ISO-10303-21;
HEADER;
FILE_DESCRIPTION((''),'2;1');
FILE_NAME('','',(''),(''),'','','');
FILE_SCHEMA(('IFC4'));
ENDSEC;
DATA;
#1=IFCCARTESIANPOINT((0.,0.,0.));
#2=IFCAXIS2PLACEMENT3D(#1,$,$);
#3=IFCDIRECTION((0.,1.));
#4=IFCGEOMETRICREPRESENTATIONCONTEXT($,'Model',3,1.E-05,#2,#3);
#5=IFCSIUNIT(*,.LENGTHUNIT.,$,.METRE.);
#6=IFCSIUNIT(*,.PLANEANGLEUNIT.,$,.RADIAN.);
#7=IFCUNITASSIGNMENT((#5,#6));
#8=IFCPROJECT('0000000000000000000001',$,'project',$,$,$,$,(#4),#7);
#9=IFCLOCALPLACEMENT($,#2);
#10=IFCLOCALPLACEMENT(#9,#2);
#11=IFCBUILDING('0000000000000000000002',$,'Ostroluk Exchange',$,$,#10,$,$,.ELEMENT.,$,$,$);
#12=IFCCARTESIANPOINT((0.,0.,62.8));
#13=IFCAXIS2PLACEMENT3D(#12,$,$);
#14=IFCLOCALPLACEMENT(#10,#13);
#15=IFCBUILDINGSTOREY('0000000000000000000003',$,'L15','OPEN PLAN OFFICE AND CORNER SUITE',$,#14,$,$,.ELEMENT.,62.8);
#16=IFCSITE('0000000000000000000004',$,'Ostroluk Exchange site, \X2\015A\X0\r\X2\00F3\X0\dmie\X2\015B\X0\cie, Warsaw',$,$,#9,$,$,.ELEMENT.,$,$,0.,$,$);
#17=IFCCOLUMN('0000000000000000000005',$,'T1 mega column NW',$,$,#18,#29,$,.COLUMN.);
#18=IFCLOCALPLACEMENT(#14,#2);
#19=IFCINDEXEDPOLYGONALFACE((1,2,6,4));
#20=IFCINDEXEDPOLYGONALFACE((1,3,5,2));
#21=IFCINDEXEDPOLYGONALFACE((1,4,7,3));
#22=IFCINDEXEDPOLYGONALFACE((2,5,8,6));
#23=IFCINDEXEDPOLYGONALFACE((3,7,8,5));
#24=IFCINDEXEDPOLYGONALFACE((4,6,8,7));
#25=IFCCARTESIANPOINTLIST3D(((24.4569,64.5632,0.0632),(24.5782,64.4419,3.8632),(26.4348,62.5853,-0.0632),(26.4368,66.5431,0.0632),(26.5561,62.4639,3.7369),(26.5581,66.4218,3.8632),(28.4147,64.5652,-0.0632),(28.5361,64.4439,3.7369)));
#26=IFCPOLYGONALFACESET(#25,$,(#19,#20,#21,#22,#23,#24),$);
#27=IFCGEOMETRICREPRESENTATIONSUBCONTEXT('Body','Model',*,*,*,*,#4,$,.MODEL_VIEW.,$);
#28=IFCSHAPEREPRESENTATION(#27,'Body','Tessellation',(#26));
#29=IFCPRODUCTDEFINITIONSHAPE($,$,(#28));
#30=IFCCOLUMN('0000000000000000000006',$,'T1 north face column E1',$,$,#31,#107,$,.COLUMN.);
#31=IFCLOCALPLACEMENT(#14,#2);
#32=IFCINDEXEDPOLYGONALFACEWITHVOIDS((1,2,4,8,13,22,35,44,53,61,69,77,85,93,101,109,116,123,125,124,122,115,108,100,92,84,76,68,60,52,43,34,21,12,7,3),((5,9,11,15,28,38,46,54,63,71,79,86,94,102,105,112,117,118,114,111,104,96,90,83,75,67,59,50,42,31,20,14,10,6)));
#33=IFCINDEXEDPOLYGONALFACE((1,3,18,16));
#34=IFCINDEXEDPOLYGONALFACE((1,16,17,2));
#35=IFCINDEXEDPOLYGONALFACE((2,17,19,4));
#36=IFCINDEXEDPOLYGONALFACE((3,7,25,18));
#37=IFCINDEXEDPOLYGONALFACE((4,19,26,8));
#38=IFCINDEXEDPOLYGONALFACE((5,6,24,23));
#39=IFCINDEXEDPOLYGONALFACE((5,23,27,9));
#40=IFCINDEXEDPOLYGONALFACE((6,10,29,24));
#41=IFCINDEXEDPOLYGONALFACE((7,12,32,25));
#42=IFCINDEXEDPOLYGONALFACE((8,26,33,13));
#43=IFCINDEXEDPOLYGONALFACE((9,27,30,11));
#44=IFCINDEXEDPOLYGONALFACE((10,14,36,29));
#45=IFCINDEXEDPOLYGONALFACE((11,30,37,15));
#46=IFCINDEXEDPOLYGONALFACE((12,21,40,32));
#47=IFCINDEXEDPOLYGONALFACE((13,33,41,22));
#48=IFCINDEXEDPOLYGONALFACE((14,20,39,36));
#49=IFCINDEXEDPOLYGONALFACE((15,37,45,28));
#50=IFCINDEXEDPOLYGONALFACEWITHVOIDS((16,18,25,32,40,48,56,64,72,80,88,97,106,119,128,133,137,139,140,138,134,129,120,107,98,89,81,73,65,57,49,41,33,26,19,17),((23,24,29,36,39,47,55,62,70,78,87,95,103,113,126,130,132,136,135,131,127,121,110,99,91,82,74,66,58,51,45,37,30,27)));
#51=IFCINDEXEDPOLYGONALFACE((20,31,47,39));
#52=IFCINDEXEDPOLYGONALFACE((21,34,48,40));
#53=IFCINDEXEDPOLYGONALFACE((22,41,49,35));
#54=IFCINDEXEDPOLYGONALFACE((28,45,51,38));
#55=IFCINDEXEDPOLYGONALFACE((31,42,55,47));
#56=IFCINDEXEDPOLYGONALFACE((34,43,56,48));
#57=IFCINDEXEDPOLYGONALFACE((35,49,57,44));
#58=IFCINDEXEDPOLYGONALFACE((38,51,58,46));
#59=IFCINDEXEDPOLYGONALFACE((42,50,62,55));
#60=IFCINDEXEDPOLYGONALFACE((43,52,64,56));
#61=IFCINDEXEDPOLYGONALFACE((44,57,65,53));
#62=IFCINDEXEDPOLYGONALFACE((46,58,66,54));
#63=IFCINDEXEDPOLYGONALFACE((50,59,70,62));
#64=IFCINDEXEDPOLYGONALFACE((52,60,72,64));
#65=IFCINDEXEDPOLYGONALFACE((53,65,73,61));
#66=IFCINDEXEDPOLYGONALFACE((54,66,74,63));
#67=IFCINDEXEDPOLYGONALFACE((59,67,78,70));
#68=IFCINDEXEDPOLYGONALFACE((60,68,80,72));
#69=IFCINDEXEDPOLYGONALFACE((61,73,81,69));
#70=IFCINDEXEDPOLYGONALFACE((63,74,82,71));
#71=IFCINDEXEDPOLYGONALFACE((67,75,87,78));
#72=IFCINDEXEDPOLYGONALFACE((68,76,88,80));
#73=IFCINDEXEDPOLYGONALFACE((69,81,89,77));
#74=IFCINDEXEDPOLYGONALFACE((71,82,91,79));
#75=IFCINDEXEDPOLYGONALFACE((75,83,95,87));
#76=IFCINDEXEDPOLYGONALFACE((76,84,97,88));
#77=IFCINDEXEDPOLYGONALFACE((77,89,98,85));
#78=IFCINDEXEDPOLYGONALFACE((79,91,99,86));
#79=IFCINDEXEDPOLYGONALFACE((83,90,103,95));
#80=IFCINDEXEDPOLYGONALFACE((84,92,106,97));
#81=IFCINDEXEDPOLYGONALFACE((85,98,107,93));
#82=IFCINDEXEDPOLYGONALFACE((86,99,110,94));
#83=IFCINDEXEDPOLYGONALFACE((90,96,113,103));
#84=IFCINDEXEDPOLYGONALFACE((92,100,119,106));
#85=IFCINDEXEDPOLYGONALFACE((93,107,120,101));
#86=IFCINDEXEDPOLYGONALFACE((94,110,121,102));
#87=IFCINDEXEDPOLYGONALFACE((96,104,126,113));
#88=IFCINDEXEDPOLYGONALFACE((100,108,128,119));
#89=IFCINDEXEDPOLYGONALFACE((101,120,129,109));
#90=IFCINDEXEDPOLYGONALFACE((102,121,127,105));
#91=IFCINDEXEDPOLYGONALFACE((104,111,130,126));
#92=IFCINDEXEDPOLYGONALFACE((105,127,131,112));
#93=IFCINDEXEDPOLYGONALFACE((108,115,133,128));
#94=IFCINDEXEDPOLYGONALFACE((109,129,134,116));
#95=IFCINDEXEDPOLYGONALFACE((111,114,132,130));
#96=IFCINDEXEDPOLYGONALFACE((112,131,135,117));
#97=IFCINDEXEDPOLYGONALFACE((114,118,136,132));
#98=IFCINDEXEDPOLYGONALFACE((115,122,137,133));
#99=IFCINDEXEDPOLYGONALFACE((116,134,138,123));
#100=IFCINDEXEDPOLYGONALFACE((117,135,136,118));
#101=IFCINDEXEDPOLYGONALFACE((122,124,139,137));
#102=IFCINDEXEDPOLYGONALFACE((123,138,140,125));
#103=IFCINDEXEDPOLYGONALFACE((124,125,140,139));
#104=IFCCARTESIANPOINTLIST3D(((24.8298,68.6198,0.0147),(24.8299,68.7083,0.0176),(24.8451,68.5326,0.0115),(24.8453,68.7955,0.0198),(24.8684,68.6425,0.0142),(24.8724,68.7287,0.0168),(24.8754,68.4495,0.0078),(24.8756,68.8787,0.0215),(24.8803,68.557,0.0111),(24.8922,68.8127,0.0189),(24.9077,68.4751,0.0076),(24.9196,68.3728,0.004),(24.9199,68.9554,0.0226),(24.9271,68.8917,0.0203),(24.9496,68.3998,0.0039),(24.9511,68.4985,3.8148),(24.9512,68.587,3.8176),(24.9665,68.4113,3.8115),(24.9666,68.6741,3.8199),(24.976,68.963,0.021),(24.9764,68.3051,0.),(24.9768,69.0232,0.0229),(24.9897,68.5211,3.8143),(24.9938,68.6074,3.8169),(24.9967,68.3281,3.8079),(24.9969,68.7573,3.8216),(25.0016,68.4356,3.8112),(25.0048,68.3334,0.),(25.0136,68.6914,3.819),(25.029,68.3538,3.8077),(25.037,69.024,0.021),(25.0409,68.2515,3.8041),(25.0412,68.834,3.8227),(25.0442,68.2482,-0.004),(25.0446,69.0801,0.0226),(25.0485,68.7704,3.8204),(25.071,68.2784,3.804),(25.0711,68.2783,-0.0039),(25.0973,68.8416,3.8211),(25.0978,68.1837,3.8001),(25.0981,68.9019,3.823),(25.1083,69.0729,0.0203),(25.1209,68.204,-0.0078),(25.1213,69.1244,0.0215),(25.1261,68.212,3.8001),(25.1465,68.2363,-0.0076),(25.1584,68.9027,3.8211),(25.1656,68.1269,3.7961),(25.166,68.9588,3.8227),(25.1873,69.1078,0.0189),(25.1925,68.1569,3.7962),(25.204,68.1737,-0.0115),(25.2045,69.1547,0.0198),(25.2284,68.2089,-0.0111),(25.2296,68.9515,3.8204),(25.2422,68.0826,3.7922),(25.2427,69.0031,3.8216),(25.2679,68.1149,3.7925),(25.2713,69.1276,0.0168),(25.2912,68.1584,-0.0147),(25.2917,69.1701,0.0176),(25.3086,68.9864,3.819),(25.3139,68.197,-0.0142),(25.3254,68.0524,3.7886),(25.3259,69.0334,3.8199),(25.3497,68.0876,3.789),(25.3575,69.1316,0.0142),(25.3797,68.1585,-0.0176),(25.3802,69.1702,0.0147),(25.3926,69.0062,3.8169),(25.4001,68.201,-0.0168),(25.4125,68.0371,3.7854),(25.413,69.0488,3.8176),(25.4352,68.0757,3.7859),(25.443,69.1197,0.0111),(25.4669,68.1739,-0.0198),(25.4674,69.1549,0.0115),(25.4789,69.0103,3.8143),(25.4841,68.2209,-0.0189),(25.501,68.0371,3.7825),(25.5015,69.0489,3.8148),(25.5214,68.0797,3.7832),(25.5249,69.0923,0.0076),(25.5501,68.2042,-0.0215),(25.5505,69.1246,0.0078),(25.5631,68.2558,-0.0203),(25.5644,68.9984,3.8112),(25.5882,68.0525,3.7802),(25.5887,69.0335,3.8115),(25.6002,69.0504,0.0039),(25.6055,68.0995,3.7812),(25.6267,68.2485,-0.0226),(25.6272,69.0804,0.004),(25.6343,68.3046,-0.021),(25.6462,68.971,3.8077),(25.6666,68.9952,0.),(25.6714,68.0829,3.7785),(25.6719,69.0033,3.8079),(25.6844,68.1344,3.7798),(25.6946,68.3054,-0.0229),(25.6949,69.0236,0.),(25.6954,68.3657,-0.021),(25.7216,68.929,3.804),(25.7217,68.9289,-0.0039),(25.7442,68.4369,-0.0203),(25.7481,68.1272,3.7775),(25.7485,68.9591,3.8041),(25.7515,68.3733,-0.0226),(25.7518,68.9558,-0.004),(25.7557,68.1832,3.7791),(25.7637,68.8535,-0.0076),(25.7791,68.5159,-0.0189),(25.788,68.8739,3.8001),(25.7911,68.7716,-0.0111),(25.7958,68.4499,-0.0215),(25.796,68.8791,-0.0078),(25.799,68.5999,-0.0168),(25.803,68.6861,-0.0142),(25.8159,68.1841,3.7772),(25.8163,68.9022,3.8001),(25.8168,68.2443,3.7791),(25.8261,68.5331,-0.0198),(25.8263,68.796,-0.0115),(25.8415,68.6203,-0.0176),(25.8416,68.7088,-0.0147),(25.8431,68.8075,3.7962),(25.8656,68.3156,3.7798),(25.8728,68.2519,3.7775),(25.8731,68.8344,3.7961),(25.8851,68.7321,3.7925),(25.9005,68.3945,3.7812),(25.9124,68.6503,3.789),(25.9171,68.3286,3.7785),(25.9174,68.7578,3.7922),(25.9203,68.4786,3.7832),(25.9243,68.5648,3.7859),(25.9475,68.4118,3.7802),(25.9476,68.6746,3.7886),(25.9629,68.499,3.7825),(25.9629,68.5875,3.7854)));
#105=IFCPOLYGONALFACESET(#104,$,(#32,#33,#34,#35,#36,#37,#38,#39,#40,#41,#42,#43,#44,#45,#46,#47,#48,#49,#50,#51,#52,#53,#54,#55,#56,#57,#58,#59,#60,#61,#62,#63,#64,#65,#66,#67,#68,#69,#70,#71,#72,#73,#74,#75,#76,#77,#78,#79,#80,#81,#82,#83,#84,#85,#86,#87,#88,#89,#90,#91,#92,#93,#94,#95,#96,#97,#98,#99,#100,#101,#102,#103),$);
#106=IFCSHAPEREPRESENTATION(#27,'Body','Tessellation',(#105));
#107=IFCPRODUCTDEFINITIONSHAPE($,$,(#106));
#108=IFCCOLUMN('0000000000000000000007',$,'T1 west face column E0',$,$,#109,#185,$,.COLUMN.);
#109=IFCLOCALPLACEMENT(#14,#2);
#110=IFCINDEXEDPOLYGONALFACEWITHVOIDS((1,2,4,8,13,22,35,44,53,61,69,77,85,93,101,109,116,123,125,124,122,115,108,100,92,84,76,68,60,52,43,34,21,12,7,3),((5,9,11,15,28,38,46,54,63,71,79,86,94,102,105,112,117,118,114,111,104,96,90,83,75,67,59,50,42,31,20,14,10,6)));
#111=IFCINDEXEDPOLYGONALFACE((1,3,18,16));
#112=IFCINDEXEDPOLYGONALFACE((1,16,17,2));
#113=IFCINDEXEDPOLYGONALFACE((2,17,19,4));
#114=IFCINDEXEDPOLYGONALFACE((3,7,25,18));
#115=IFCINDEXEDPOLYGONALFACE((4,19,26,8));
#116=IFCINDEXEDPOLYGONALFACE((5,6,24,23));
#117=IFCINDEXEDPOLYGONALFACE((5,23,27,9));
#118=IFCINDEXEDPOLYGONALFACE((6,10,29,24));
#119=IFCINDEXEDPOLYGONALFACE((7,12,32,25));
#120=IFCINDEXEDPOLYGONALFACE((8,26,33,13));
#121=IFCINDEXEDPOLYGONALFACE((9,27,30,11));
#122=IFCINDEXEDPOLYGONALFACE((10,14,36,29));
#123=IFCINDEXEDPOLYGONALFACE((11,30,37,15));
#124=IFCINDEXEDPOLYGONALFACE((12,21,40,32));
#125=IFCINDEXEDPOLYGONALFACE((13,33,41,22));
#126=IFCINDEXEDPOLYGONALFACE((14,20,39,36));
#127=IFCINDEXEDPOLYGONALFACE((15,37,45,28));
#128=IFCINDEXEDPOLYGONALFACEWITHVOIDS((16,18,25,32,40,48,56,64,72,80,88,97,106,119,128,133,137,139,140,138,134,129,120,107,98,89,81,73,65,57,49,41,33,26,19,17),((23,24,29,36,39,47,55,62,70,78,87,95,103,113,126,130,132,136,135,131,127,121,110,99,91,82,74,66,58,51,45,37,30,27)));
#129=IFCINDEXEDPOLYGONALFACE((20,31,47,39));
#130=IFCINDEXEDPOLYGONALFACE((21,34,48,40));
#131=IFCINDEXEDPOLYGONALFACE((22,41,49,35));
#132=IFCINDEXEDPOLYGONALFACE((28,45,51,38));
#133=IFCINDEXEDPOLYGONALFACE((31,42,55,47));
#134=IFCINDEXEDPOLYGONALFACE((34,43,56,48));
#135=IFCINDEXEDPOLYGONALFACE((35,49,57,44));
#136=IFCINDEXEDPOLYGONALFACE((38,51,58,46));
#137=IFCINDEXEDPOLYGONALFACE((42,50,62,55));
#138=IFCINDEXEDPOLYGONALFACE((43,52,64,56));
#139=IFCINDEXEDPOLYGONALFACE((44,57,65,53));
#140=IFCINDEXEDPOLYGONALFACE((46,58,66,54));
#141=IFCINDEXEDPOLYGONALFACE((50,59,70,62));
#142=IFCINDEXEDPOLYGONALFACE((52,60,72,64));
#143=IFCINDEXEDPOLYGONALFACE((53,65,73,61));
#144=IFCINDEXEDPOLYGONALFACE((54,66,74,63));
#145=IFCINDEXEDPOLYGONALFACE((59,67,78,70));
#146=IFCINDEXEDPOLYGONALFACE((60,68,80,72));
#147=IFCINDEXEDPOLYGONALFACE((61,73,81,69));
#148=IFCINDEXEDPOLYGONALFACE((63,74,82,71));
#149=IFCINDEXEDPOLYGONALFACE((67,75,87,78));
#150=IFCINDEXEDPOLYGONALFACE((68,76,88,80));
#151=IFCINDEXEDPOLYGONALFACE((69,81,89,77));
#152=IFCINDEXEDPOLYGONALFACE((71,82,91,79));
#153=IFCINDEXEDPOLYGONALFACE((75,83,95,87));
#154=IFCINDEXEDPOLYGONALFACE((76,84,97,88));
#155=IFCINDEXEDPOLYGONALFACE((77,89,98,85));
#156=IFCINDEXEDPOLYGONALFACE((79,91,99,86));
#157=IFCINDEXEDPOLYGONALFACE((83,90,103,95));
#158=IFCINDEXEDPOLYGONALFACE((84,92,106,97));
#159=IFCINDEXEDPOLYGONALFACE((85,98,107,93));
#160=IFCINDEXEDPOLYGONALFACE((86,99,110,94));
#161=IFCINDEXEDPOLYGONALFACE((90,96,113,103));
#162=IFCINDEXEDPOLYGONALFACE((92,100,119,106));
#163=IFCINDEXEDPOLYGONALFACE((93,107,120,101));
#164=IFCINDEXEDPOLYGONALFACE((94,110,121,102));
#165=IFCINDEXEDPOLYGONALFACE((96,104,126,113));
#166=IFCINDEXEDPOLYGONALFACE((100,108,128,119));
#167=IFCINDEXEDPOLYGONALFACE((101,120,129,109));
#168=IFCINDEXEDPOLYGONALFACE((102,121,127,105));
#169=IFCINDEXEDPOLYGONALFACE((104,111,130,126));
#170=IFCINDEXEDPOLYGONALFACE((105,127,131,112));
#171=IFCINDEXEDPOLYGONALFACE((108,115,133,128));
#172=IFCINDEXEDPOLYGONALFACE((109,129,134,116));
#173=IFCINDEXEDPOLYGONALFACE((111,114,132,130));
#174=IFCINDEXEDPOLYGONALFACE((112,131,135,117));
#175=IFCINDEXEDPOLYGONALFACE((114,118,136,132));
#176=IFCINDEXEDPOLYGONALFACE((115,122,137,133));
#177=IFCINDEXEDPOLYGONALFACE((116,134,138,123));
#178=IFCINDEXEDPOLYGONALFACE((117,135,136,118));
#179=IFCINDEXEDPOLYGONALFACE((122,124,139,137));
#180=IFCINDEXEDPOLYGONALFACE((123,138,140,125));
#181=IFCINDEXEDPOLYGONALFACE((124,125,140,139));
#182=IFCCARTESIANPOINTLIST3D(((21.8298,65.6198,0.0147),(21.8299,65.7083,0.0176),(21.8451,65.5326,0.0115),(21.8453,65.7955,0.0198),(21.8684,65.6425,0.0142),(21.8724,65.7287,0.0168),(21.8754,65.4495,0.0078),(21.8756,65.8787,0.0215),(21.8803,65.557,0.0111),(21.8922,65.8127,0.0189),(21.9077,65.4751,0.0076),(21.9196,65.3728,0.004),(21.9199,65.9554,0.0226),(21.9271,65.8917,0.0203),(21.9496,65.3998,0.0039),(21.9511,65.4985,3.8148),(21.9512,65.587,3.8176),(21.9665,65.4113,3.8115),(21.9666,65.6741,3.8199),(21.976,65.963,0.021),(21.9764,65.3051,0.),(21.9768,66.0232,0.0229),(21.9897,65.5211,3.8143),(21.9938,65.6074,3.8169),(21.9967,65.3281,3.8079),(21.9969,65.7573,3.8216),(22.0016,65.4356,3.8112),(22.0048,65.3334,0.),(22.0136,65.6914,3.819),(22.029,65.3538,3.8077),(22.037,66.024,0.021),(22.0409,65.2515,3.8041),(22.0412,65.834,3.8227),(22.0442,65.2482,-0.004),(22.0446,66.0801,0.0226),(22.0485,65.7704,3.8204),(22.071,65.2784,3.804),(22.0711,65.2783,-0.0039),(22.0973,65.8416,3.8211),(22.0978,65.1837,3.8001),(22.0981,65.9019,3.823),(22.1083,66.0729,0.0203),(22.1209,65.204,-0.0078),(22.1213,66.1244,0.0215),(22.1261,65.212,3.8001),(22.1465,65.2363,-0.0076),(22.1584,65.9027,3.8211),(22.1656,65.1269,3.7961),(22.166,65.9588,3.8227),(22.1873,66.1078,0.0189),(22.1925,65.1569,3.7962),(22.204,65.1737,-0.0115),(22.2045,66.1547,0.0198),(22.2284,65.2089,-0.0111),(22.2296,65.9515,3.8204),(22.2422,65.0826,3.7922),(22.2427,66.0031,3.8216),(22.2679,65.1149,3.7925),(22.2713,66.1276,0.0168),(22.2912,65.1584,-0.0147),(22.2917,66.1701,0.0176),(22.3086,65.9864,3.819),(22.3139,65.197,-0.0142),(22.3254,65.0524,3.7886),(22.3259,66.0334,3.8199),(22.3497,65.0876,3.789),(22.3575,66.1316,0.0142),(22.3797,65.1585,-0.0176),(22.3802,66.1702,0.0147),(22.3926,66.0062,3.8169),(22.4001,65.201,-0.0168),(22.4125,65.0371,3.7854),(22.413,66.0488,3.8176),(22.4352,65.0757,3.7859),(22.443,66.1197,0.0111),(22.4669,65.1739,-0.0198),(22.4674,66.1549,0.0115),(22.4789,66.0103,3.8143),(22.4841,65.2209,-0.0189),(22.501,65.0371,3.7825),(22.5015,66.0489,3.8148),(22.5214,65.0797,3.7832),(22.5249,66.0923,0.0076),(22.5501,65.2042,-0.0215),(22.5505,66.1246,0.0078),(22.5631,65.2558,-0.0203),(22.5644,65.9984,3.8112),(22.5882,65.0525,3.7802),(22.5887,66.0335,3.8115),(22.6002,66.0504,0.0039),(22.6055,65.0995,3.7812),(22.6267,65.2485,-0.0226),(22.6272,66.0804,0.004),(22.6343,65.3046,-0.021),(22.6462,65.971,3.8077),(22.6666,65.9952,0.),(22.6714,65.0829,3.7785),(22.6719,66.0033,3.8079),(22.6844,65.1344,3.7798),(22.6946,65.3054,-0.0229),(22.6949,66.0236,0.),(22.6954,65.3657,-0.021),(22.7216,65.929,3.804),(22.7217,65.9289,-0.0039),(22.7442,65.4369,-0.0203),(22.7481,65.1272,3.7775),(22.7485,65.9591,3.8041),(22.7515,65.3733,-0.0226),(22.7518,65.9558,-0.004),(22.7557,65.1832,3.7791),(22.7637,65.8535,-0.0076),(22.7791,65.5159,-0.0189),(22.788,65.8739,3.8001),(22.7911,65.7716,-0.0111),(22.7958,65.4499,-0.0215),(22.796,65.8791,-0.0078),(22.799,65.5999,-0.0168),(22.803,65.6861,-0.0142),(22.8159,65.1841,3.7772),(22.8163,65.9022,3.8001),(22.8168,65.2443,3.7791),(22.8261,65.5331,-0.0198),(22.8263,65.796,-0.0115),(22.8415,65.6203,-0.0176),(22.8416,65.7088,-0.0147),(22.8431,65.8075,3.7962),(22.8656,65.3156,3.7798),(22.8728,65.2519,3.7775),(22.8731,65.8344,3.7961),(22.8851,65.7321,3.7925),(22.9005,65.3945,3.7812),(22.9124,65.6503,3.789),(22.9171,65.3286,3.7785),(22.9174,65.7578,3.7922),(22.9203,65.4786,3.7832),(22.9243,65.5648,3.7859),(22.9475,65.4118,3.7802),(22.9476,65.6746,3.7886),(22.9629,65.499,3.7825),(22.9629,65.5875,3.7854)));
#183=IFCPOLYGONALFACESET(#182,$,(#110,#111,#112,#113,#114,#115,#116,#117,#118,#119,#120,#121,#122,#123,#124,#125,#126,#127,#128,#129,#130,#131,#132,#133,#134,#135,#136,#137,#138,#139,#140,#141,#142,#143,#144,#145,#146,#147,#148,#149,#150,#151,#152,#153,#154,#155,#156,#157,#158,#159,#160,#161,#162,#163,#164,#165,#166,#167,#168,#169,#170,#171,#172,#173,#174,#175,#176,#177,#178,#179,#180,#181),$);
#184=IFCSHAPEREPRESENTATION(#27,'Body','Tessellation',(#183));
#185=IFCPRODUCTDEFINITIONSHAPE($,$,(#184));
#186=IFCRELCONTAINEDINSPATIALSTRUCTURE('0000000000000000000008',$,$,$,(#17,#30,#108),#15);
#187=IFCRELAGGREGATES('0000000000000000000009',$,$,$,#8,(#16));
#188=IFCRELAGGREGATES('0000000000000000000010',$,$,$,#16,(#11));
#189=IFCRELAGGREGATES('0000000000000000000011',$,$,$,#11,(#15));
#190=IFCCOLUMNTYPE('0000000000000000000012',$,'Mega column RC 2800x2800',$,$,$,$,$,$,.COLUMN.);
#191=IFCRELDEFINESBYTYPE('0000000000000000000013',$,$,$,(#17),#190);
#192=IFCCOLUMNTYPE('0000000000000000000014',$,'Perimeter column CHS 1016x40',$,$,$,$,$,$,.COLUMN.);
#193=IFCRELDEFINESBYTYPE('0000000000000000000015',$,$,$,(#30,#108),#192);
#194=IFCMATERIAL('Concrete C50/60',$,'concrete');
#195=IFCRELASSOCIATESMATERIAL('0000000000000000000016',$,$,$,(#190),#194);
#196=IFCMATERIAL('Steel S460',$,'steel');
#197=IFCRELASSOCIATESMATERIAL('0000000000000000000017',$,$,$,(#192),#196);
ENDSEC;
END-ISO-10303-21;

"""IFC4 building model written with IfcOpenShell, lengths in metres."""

from ifc_helpers import new_model, si_unit, direction, frame, origin, origin_2d, place, context, subcontext, project, spatial, rectangle, hollow_circle, extrude, material, material_profile, profile_set, type_object, element, save


model = new_model("IFC4")

# Units and contexts
model_context = context("Model", 3, precision=1e-05, world=origin(), true_north=direction((0.0, 1.0)))
body_context = subcontext(model_context, "Body", "Model", "MODEL_VIEW")
ifc_project = project(units=[si_unit("LENGTHUNIT", "METRE"), si_unit("PLANEANGLEUNIT", "RADIAN")], contexts=[model_context])

# Site, building, storey
site_placement = place(None, origin())
site = spatial("IfcSite", under=ifc_project, at=site_placement, Name="Ostroluk Exchange site, Śródmieście, Warsaw", CompositionType="ELEMENT", RefElevation=0.0)
building_placement = place(site_placement, origin())
building = spatial("IfcBuilding", under=site, at=building_placement, Name="Ostroluk Exchange", CompositionType="ELEMENT")
storey_placement = place(building_placement, frame((0.0, 0.0, 62.8)))
storey = spatial("IfcBuildingStorey", under=building, at=storey_placement, Name="L15", Description="OPEN PLAN OFFICE AND CORNER SUITE", CompositionType="ELEMENT", Elevation=62.8)

# Columns
ifc_material_1 = material(Name="Concrete C50/60", Category="concrete")
ifc_material_profile_1 = material_profile(ifc_material_1, rectangle(XDim=2.8, YDim=2.8, at=origin_2d()), Name="RC 2800x2800")
ifc_profile_set_1 = profile_set([ifc_material_profile_1], Name="Concrete C50/60")
column_type_1 = type_object("IfcColumnType", Name="Mega column RC 2800x2800", PredefinedType="COLUMN", material=ifc_profile_set_1)
column_placement = place(storey_placement, frame((26.4358, 64.5642, 0.0), z_axis=(0.031898, -0.031898, 0.998982), x_axis=(0.707107, 0.707107, 0.0)))
element("IfcColumn", 1, at=column_placement, inside=storey, type_object=column_type_1, Name="T1 mega column NW", PredefinedType="COLUMN", context=body_context, shape_type="SweptSolid", body=[
    extrude(rectangle(XDim=2.8, YDim=2.8, at=origin_2d()), origin(), (0.0, 0.0, 1.0), 3.804),
])
ifc_material_2 = material(Name="Steel S460", Category="steel")
ifc_material_profile_2 = material_profile(ifc_material_2, hollow_circle(Radius=0.5081, WallThickness=0.04, at=origin_2d()), Name="CHS 1016x40")
ifc_profile_set_2 = profile_set([ifc_material_profile_2], Name="Steel S460")
column_type_2 = type_object("IfcColumnType", Name="Perimeter column CHS 1016x40", PredefinedType="COLUMN", material=ifc_profile_set_2)
for number, where, z_axis, x_axis, name in (
    (2, (25.3357, 68.6643, 0.0), (0.031898, -0.031898, 0.998982), (0.707107, 0.707107, 0.0), "T1 north face column E1"),
    (3, (22.3357, 65.6643, 0.0), (0.031898, -0.031898, 0.998982), (0.707107, 0.707107, 0.0), "T1 west face column E0"),
):
    element("IfcColumn", number, at=place(storey_placement, frame(where, z_axis=z_axis, x_axis=x_axis)), inside=storey, type_object=column_type_2, Name=name, PredefinedType="COLUMN", context=body_context, shape_type="SweptSolid", body=[
        extrude(hollow_circle(Radius=0.5081, WallThickness=0.04, at=origin_2d()), origin(), (0.0, 0.0, 1.0), 3.804),
    ])

save(model, "model.ifc")
